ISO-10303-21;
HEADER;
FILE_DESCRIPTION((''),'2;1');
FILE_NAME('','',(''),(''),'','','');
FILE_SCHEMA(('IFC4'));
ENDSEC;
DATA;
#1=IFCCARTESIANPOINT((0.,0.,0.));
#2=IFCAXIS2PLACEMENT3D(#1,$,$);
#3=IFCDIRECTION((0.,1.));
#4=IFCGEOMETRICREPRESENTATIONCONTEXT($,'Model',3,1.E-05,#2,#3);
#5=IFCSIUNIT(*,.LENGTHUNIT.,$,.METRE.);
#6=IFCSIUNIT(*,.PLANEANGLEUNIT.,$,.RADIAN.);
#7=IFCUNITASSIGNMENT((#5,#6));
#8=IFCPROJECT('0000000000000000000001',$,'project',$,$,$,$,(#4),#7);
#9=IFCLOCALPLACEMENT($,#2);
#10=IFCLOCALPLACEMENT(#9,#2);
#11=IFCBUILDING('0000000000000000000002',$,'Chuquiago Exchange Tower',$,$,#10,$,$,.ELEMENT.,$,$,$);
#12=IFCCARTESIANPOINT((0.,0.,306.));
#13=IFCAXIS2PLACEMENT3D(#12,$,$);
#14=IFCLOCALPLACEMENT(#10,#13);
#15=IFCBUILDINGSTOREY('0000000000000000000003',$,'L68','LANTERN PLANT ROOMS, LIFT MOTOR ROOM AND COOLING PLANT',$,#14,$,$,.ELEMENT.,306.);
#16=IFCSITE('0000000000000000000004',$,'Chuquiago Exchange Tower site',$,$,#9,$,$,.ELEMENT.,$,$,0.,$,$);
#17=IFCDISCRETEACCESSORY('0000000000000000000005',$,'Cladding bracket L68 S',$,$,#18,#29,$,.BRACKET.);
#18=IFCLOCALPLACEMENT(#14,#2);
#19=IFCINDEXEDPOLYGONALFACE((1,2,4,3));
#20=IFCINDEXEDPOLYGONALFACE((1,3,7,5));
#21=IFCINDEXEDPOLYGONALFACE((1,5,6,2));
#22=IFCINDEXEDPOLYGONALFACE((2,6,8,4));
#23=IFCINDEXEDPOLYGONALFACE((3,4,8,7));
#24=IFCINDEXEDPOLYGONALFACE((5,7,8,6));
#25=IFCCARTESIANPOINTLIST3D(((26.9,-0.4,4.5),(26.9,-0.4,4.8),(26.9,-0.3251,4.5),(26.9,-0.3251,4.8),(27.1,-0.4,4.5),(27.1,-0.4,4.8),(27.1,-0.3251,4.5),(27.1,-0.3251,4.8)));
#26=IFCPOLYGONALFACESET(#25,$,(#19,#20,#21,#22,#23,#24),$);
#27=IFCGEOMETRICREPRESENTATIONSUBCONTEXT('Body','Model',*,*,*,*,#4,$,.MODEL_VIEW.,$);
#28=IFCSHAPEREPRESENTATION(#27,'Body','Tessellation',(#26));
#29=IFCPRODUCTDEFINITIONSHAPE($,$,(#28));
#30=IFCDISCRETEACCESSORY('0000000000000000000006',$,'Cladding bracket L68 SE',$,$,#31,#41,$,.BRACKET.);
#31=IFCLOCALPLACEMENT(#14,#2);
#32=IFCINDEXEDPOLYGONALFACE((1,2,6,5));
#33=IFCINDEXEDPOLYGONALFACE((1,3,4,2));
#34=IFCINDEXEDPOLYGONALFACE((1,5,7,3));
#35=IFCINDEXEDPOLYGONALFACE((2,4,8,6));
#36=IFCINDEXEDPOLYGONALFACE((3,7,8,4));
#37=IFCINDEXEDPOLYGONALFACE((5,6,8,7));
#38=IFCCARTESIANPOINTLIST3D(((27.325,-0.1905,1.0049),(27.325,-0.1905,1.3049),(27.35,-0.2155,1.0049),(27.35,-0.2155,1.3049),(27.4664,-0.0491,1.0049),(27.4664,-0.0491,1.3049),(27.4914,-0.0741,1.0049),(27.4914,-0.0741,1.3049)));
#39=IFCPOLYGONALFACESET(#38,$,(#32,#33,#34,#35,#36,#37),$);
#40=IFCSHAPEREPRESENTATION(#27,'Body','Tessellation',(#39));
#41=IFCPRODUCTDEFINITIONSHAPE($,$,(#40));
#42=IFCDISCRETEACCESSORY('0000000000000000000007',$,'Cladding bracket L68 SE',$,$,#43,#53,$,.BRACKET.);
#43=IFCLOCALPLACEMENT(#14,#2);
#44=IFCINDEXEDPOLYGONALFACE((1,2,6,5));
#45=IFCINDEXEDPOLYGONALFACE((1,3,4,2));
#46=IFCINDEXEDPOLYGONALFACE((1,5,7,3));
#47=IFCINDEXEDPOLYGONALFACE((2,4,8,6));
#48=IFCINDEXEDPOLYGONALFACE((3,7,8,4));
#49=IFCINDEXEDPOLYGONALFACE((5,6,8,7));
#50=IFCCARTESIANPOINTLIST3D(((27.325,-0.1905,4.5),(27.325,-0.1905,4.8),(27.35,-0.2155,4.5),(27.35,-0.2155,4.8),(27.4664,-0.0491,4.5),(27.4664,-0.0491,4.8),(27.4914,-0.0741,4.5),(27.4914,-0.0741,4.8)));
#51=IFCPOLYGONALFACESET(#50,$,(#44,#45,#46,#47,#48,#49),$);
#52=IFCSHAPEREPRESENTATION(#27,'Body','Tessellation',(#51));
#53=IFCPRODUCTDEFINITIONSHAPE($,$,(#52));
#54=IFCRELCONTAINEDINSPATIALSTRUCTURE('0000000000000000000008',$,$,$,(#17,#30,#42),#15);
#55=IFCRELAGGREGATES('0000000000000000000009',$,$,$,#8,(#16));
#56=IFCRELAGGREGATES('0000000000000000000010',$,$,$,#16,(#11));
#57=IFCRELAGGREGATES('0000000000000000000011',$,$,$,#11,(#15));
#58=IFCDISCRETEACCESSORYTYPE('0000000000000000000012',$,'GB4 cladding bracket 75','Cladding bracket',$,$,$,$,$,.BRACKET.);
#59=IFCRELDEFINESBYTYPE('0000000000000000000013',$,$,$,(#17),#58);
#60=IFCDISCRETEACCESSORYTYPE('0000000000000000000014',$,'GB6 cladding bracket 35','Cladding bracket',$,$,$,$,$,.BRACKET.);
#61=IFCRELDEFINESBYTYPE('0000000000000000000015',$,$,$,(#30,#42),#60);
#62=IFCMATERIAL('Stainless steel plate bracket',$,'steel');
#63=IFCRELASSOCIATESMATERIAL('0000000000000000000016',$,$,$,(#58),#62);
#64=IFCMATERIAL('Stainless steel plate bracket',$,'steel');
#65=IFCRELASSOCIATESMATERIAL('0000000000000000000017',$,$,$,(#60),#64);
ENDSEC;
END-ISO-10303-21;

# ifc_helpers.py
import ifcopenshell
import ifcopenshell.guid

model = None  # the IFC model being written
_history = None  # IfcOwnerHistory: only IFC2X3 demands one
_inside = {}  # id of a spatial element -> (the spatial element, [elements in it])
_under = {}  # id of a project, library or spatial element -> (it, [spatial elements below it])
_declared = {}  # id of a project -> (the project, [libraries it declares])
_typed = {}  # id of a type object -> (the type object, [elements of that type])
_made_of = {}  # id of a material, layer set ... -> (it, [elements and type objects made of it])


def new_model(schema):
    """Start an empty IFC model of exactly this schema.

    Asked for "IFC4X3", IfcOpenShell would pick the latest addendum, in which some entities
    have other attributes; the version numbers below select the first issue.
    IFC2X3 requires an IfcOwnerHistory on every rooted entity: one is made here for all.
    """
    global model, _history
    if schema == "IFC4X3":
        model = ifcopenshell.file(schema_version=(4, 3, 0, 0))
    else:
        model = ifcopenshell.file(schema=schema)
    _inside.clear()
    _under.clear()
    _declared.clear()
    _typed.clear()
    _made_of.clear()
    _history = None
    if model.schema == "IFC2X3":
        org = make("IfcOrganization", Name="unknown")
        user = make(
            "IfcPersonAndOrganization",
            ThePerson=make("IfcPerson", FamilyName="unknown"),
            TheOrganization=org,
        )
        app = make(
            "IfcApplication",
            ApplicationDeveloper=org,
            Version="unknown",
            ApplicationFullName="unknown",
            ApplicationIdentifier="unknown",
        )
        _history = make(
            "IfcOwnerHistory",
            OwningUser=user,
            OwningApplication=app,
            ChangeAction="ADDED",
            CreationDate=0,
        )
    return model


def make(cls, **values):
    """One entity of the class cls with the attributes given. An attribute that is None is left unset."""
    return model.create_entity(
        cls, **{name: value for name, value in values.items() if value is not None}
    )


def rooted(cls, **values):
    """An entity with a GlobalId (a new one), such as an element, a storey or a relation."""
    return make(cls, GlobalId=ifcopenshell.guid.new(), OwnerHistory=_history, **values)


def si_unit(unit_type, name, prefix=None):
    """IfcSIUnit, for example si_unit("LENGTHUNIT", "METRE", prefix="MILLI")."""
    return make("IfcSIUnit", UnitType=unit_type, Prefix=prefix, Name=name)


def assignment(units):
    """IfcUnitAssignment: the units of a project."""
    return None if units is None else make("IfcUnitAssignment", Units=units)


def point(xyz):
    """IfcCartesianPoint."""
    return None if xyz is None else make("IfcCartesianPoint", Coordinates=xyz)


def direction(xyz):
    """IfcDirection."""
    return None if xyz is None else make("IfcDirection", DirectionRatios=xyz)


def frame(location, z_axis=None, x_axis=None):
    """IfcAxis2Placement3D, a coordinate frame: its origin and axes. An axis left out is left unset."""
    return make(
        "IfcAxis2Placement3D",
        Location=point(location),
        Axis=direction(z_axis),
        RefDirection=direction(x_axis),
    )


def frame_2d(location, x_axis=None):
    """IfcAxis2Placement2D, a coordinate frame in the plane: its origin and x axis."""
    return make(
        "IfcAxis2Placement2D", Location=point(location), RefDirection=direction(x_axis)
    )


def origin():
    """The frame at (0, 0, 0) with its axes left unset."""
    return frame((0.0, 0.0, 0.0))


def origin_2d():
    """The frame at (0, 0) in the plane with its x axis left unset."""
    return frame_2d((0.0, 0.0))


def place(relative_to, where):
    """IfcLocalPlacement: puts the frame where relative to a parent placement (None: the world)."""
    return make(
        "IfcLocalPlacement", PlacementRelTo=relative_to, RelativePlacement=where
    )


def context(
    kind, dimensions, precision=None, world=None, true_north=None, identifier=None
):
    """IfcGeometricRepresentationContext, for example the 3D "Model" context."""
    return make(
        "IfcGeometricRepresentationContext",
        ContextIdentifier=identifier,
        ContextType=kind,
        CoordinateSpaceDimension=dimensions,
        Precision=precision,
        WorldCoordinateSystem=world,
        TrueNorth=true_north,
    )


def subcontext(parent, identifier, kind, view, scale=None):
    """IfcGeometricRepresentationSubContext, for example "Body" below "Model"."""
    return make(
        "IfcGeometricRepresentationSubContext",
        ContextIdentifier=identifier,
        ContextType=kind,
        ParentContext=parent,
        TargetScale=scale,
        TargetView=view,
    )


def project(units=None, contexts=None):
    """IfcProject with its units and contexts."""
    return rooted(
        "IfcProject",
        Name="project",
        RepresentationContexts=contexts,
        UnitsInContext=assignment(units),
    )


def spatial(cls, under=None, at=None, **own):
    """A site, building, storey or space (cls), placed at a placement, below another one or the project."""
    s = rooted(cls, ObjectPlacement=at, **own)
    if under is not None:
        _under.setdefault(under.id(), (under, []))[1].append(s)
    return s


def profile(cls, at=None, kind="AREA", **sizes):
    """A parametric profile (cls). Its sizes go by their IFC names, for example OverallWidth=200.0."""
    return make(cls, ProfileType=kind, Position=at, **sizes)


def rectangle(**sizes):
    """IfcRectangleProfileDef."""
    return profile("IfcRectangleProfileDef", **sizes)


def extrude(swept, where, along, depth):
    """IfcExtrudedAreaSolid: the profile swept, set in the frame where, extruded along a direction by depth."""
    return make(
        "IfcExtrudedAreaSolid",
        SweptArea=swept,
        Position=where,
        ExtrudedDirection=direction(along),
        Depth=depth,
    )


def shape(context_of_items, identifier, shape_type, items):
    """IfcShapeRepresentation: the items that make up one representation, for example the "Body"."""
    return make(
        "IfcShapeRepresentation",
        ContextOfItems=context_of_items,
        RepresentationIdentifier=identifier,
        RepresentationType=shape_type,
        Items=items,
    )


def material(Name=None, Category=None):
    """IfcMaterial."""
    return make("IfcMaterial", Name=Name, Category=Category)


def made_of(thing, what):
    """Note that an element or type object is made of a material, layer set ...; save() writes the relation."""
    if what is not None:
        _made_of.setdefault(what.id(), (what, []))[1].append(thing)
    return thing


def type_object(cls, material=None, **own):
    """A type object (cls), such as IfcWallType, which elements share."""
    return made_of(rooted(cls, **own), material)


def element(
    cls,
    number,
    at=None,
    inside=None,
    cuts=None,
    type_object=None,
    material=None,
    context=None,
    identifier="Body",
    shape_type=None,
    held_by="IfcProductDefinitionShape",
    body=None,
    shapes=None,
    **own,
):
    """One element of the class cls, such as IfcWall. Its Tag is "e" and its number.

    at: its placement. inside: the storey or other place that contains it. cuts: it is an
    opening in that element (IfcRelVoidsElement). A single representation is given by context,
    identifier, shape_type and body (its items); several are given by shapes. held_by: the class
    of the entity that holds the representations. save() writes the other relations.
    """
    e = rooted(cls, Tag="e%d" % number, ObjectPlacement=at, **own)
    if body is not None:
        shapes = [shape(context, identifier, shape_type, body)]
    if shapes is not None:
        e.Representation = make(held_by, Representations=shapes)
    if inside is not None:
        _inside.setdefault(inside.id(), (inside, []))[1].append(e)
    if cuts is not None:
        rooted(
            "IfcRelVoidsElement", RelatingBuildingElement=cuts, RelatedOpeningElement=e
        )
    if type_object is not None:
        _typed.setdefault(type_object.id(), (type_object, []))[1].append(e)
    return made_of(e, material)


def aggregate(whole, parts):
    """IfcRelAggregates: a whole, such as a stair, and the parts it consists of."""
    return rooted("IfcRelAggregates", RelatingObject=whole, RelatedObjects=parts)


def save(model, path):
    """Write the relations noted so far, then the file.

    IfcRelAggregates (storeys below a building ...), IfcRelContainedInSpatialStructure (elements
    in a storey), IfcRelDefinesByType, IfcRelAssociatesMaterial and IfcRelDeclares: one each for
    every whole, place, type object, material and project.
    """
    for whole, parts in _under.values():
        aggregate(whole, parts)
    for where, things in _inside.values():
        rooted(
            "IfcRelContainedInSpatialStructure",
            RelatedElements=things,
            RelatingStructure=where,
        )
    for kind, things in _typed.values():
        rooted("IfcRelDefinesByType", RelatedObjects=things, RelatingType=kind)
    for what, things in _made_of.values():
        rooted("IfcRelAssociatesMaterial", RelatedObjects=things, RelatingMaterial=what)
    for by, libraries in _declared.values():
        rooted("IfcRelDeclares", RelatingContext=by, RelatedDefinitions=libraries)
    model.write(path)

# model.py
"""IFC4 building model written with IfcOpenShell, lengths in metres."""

from ifc_helpers import new_model, si_unit, direction, frame, origin, origin_2d, place, context, subcontext, project, spatial, rectangle, extrude, material, type_object, element, save


model = new_model("IFC4")

# Units and contexts
model_context = context("Model", 3, precision=1e-05, world=origin(), true_north=direction((0.0, 1.0)))
body_context = subcontext(model_context, "Body", "Model", "MODEL_VIEW")
ifc_project = project(units=[si_unit("LENGTHUNIT", "METRE"), si_unit("PLANEANGLEUNIT", "RADIAN")], contexts=[model_context])

# Site, building, storey
site_placement = place(None, origin())
site = spatial("IfcSite", under=ifc_project, at=site_placement, Name="Chuquiago Exchange Tower site", CompositionType="ELEMENT", RefElevation=0.0)
building_placement = place(site_placement, origin())
building = spatial("IfcBuilding", under=site, at=building_placement, Name="Chuquiago Exchange Tower", CompositionType="ELEMENT")
storey_placement = place(building_placement, frame((0.0, 0.0, 306.0)))
storey = spatial("IfcBuildingStorey", under=building, at=storey_placement, Name="L68", Description="LANTERN PLANT ROOMS, LIFT MOTOR ROOM AND COOLING PLANT", CompositionType="ELEMENT", Elevation=306.0)

# Discrete accessories
ifc_material_1 = material(Name="Stainless steel plate bracket", Category="steel")
discrete_accessory_type_1 = type_object("IfcDiscreteAccessoryType", Name="GB4 cladding bracket 75", Description="Cladding bracket", PredefinedType="BRACKET", material=ifc_material_1)
for number, where, z_axis, x_axis, name in (
    (1, (27.0, -0.3625, 4.5), (0.0, 0.0, 1.0), (1.0, 0.0, 0.0), "Cladding bracket L68 S"),
):
    element("IfcDiscreteAccessory", number, at=place(storey_placement, frame(where, z_axis=z_axis, x_axis=x_axis)), inside=storey, type_object=discrete_accessory_type_1, Name=name, PredefinedType="BRACKET", context=body_context, shape_type="SweptSolid", body=[
        extrude(rectangle(XDim=0.2, YDim=0.075, at=origin_2d()), origin(), (0.0, 0.0, 1.0), 0.3),
    ])
ifc_material_2 = material(Name="Stainless steel plate bracket", Category="steel")
discrete_accessory_type_2 = type_object("IfcDiscreteAccessoryType", Name="GB6 cladding bracket 35", Description="Cladding bracket", PredefinedType="BRACKET", material=ifc_material_2)
for number, where, z_axis, x_axis, name in (
    (2, (27.4082, -0.1323, 1.0049), (0.0, 0.0, 1.0), (0.707107, 0.707107, 0.0), "Cladding bracket L68 SE"),
    (3, (27.4082, -0.1323, 4.5), (0.0, 0.0, 1.0), (0.707107, 0.707107, 0.0), "Cladding bracket L68 SE"),
):
    element("IfcDiscreteAccessory", number, at=place(storey_placement, frame(where, z_axis=z_axis, x_axis=x_axis)), inside=storey, type_object=discrete_accessory_type_2, Name=name, PredefinedType="BRACKET", context=body_context, shape_type="SweptSolid", body=[
        extrude(rectangle(XDim=0.2, YDim=0.0354, at=origin_2d()), origin(), (0.0, 0.0, 1.0), 0.3),
    ])

save(model, "model.ifc")
